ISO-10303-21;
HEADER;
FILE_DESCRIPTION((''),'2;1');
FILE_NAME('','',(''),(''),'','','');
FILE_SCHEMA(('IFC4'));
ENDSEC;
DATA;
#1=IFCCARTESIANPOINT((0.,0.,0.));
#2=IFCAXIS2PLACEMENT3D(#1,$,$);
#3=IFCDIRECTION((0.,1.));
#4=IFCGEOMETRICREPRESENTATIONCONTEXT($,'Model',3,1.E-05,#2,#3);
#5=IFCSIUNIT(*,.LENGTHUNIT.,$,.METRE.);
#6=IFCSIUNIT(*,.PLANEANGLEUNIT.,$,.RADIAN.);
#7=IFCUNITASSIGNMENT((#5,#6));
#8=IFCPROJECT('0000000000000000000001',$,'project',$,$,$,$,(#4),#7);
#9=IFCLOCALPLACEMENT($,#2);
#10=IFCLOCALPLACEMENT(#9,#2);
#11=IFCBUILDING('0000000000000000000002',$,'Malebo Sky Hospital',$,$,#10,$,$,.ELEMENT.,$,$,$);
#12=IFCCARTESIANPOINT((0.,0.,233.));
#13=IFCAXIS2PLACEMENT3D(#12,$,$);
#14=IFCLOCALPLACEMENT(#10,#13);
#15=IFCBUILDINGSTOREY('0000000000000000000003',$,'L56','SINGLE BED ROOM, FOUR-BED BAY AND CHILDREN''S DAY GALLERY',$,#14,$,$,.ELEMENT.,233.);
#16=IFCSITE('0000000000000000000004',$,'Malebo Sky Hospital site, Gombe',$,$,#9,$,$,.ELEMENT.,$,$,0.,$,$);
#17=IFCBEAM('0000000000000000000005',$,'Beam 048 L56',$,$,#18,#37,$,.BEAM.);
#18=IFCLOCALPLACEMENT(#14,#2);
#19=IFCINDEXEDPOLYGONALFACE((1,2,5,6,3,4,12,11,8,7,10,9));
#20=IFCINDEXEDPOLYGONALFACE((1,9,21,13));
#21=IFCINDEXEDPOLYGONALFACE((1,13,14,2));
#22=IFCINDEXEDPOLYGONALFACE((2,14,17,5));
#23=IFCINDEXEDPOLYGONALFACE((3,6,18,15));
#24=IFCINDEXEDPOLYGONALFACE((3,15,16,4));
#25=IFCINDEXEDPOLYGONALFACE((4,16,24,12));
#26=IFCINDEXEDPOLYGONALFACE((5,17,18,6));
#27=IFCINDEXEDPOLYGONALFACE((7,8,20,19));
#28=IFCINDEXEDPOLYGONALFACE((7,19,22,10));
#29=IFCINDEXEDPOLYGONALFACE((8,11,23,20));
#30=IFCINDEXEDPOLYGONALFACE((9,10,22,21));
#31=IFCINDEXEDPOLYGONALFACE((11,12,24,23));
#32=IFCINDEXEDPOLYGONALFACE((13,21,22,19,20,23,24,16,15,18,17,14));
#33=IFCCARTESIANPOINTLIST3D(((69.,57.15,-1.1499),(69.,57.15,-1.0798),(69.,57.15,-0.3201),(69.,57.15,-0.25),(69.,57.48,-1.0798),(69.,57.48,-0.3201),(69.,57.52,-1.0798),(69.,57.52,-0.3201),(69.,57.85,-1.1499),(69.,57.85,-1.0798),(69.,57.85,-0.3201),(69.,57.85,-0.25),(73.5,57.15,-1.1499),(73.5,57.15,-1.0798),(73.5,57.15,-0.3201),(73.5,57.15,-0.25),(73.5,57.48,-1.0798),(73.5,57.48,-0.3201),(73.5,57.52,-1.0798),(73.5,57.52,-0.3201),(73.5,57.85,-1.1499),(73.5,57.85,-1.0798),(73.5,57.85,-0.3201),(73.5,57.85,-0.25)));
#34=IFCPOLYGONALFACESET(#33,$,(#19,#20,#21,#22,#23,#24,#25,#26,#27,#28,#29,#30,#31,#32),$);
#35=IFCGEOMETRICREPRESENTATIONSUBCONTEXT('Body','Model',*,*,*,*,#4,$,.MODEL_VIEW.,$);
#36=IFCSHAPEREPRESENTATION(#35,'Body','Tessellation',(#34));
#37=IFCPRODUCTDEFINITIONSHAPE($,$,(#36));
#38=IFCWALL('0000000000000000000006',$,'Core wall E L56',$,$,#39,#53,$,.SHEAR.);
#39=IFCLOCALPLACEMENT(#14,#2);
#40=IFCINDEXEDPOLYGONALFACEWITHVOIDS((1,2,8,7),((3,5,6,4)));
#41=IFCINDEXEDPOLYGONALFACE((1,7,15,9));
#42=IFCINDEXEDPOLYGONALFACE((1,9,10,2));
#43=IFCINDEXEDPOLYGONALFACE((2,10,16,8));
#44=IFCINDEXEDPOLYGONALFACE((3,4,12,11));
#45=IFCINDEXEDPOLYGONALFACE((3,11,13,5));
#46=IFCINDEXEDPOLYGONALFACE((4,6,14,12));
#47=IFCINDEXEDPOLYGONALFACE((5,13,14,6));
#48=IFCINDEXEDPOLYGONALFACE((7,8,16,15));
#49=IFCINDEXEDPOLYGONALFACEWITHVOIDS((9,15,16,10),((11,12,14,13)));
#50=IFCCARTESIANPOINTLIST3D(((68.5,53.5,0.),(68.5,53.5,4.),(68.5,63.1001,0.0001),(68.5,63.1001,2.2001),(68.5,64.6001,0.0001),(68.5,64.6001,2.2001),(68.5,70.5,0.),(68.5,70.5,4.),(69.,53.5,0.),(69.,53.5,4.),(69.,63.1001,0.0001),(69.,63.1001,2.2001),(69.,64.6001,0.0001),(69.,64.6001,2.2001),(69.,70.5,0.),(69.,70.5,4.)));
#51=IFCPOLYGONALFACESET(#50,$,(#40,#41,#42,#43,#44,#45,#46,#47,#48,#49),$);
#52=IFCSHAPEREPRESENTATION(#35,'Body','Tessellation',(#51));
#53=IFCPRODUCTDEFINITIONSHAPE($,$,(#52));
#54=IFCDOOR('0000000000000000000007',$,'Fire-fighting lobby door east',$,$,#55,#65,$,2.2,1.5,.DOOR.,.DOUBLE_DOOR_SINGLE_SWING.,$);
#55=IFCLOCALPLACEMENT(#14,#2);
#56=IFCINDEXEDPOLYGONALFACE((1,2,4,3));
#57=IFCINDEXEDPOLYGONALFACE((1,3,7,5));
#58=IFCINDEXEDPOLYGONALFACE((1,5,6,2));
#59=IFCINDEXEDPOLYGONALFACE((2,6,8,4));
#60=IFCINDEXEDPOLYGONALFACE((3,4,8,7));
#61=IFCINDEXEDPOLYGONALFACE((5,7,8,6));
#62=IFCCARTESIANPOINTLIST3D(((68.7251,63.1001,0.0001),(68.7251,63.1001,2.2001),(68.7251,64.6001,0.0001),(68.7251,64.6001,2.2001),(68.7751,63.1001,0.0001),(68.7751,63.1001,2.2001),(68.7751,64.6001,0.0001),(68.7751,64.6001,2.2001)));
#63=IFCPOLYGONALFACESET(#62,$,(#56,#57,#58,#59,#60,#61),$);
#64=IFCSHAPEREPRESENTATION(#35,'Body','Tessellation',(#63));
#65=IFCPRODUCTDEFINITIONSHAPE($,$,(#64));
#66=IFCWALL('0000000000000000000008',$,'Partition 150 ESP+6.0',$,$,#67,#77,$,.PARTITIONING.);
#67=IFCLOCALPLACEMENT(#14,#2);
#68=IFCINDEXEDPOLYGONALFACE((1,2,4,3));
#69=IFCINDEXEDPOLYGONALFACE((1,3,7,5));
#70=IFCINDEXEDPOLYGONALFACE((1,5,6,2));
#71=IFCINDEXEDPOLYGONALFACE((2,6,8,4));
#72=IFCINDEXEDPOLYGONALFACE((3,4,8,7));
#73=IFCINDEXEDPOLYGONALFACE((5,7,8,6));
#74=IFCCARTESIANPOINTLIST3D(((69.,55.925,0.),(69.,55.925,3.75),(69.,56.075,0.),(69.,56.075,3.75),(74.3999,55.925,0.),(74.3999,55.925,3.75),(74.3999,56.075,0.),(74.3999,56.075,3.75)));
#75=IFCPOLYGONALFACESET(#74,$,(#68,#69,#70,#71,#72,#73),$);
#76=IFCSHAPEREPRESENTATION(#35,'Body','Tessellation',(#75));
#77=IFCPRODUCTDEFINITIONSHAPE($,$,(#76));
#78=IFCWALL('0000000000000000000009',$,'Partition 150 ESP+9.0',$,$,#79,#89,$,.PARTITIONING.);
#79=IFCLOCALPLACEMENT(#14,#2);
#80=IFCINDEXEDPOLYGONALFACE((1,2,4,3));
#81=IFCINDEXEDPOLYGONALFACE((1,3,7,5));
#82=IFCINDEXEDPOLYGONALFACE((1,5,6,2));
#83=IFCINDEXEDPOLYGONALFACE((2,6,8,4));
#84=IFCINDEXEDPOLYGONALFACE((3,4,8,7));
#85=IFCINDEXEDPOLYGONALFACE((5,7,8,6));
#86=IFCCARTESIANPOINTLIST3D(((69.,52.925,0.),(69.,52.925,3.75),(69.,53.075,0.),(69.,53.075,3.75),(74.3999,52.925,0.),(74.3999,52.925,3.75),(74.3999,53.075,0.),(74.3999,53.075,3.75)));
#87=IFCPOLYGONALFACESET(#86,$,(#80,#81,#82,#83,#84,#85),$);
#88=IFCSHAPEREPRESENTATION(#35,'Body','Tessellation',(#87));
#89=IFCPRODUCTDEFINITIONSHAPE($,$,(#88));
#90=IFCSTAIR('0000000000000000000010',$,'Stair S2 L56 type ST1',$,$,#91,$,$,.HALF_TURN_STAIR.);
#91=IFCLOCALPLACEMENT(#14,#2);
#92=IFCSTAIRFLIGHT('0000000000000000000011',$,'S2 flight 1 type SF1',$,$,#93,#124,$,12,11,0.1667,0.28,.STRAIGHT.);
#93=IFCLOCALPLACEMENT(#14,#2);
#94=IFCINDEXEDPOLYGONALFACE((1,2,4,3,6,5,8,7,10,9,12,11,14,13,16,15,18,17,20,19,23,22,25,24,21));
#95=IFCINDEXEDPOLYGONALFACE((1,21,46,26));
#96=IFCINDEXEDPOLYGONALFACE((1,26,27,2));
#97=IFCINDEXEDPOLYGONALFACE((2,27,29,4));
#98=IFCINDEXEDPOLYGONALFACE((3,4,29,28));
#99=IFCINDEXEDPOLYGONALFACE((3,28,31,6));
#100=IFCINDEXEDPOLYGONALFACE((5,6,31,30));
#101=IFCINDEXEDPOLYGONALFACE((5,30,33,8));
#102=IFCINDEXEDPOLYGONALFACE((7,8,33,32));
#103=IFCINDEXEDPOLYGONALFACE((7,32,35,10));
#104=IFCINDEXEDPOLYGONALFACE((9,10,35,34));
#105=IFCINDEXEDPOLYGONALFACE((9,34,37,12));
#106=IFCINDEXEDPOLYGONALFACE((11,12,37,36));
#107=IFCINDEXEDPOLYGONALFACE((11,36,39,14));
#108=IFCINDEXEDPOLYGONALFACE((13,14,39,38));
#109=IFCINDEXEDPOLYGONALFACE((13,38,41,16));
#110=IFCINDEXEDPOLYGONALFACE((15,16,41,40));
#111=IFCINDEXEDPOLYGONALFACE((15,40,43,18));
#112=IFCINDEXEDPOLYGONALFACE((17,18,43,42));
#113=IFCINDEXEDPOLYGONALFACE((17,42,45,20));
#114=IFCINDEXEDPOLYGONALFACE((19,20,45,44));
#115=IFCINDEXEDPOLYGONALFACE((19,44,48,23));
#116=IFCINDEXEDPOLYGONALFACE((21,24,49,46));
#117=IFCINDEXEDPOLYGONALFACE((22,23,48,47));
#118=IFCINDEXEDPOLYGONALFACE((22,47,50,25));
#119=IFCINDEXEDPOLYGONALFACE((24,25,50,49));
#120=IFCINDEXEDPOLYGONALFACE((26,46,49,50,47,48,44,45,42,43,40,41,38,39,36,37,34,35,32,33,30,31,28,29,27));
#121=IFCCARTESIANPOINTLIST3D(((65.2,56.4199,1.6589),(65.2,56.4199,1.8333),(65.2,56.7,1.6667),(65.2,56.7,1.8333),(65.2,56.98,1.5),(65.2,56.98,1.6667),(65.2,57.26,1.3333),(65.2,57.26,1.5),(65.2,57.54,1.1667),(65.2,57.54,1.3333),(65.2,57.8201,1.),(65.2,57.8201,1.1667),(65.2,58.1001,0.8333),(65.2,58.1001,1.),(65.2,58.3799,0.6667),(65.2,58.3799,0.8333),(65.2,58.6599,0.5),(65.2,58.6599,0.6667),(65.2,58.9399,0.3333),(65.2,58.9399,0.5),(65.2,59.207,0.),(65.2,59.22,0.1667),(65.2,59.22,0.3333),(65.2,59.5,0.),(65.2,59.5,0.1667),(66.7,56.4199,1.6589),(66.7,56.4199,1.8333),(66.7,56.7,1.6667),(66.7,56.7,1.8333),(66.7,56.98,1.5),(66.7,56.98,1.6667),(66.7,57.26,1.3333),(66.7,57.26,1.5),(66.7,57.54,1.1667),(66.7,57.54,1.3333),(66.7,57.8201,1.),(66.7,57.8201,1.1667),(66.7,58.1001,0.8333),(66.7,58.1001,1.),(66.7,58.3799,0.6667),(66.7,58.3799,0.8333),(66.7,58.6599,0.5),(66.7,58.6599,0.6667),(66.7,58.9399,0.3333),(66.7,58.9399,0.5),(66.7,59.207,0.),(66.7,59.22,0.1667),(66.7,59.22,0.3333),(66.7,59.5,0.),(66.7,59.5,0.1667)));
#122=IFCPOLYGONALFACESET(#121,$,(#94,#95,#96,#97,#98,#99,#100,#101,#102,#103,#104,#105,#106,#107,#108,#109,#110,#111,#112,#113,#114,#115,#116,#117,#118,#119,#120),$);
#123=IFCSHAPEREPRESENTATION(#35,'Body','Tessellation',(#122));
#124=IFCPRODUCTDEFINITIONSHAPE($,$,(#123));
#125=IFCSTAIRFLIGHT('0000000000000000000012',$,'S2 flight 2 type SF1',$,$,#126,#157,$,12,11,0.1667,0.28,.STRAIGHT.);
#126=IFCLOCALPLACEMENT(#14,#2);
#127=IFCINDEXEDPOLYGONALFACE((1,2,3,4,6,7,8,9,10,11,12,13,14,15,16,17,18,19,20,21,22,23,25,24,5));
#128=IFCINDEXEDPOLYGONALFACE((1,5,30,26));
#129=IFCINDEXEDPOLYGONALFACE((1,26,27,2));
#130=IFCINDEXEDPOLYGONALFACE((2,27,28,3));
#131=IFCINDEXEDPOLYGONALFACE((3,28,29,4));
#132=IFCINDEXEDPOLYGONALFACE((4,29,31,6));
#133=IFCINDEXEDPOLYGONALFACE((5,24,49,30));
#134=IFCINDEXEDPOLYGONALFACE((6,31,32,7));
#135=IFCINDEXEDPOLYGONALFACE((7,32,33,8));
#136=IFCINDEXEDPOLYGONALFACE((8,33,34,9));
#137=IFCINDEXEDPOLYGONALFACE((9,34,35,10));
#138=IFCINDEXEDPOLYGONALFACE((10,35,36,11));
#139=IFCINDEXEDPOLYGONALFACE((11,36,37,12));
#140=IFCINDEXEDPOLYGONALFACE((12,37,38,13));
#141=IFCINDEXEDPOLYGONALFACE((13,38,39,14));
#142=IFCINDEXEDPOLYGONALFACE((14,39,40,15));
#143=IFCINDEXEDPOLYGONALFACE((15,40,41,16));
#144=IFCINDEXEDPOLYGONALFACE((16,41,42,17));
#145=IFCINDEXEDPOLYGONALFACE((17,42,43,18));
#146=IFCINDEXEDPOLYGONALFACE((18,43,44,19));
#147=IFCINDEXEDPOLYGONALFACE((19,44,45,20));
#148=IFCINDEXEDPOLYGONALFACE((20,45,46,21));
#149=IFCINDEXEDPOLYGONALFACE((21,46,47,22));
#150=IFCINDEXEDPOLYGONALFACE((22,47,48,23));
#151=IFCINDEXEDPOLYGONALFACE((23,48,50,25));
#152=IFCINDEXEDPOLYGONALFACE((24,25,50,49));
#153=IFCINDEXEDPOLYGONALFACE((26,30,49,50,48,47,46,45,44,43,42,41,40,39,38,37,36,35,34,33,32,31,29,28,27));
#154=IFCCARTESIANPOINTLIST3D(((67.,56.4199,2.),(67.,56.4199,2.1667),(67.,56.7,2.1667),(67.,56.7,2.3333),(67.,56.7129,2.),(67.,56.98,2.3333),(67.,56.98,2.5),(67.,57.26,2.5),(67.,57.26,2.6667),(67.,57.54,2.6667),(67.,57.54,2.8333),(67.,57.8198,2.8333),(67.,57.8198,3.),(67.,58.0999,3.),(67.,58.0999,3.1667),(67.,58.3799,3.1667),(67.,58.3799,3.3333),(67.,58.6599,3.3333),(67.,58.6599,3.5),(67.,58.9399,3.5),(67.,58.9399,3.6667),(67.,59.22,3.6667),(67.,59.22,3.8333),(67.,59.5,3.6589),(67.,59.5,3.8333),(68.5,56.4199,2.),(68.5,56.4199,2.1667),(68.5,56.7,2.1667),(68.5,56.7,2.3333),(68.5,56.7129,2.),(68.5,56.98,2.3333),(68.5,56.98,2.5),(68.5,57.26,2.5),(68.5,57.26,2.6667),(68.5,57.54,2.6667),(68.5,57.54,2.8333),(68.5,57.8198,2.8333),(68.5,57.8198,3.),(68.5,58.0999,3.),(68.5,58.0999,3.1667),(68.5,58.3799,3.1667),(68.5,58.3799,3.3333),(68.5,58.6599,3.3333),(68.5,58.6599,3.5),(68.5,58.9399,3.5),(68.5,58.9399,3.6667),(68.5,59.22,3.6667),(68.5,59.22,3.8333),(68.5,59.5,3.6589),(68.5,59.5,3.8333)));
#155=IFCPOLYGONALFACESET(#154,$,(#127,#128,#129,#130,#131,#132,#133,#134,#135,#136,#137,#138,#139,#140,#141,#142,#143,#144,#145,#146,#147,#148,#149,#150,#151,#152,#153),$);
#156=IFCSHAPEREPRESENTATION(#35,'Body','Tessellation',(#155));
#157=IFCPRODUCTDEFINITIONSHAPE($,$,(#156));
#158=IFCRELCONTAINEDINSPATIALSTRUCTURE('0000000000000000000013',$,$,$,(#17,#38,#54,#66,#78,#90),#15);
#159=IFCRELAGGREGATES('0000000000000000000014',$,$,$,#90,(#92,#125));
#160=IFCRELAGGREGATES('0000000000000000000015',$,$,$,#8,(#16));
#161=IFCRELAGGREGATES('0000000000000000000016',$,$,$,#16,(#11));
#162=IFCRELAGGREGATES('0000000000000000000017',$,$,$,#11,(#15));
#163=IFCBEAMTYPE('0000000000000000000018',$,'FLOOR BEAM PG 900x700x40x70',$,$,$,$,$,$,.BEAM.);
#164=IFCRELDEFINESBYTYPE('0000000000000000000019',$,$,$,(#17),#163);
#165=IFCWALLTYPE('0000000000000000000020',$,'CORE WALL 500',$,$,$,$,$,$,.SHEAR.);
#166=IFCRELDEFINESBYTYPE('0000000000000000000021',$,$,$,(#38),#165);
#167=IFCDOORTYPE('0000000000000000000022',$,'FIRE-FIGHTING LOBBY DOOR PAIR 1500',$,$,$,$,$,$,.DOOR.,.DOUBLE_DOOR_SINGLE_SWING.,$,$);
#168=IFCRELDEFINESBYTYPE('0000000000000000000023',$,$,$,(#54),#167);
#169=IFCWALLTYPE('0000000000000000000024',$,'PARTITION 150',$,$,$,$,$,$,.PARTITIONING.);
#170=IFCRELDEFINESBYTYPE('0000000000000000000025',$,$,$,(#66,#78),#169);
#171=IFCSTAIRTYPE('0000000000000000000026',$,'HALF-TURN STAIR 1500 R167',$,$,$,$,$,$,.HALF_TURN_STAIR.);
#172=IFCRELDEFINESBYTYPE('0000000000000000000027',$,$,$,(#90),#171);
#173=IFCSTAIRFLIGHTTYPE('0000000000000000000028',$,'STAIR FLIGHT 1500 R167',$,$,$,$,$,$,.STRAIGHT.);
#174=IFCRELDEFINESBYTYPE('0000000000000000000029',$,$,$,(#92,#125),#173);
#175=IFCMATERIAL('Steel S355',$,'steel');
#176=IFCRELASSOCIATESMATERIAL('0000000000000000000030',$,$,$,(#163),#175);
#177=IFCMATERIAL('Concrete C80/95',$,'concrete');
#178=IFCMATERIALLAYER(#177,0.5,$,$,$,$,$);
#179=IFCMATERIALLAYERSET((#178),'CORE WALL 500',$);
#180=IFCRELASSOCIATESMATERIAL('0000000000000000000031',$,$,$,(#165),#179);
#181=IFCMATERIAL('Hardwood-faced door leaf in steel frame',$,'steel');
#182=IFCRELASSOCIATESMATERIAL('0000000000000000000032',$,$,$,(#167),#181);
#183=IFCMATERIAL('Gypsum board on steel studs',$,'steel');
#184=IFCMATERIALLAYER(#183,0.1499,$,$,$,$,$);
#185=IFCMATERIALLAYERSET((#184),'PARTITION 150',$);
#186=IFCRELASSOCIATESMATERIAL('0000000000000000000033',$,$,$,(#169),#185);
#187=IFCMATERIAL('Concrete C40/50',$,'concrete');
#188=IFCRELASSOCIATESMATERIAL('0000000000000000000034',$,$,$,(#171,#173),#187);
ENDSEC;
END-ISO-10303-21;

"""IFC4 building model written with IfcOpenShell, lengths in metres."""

from ifc_helpers import new_model, si_unit, direction, frame, frame_2d, origin, origin_2d, place, context, subcontext, project, spatial, polyline, rectangle, i_section, outline, extrude, material, layer, layer_set, material_profile, profile_set, type_object, element, fill, aggregate, save


model = new_model("IFC4")

# Units and contexts
model_context = context("Model", 3, precision=1e-05, world=origin(), true_north=direction((0.0, 1.0)))
body_context = subcontext(model_context, "Body", "Model", "MODEL_VIEW")
ifc_project = project(units=[si_unit("LENGTHUNIT", "METRE"), si_unit("PLANEANGLEUNIT", "RADIAN")], contexts=[model_context])

# Site, building, storey
site_placement = place(None, origin())
site = spatial("IfcSite", under=ifc_project, at=site_placement, Name="Malebo Sky Hospital site, Gombe", CompositionType="ELEMENT", RefElevation=0.0)
building_placement = place(site_placement, origin())
building = spatial("IfcBuilding", under=site, at=building_placement, Name="Malebo Sky Hospital", CompositionType="ELEMENT")
storey_placement = place(building_placement, frame((0.0, 0.0, 233.0)))
storey = spatial("IfcBuildingStorey", under=building, at=storey_placement, Name="L56", Description="SINGLE BED ROOM, FOUR-BED BAY AND CHILDREN'S DAY GALLERY", CompositionType="ELEMENT", Elevation=233.0)

# Beam
ifc_material_1 = material(Name="Steel S355", Category="steel")
ifc_material_profile = material_profile(ifc_material_1, i_section(OverallWidth=0.7, OverallDepth=0.8999, WebThickness=0.04, FlangeThickness=0.0701, at=origin_2d()), Name="PG 900x700x40x70")
ifc_profile_set = profile_set([ifc_material_profile], Name="Steel S355")
beam_type = type_object("IfcBeamType", Name="FLOOR BEAM PG 900x700x40x70", PredefinedType="BEAM", material=ifc_profile_set)
beam_placement = place(storey_placement, frame((69.0, 57.5, -0.7), z_axis=(1.0, 0.0, 0.0), x_axis=(0.0, 1.0, 0.0)))
element("IfcBeam", 1, at=beam_placement, inside=storey, type_object=beam_type, Name="Beam 048 L56", PredefinedType="BEAM", context=body_context, shape_type="SweptSolid", body=[
    extrude(i_section(OverallWidth=0.7, OverallDepth=0.8999, WebThickness=0.04, FlangeThickness=0.0701, at=origin_2d()), origin(), (0.0, 0.0, 1.0), 4.5),
])

# Wall, opening, door
ifc_material_2 = material(Name="Concrete C80/95", Category="concrete")
ifc_layer_1 = layer(ifc_material_2, 0.5)
ifc_layer_set_1 = layer_set([ifc_layer_1], Name="CORE WALL 500")
wall_type_1 = type_object("IfcWallType", Name="CORE WALL 500", PredefinedType="SHEAR", material=ifc_layer_set_1)
wall_placement = place(storey_placement, frame((68.75, 53.5, 0.0), z_axis=(0.0, 0.0, 1.0), x_axis=(0.0, 1.0, 0.0)))
wall = element("IfcWall", 2, at=wall_placement, inside=storey, type_object=wall_type_1, Name="Core wall E L56", PredefinedType="SHEAR", context=body_context, shape_type="SweptSolid", body=[
    extrude(rectangle(XDim=17.0, YDim=0.5, at=frame_2d((8.5, 0.0))), origin(), (0.0, 0.0, 1.0), 4.0),
])
opening_placement = place(wall_placement, frame((9.6001, 0.0, 0.0)))
opening = element("IfcOpeningElement", 3, at=opening_placement, cuts=wall, PredefinedType="OPENING", context=body_context, shape_type="SweptSolid", body=[
    extrude(rectangle(XDim=1.5, YDim=2.2, at=frame_2d((0.75, 1.1001))), frame((0.0, 0.26, 0.0), z_axis=(0.0, -1.0, 0.0), x_axis=(1.0, 0.0, 0.0)), (0.0, 0.0, 1.0), 0.52),
])
ifc_material_3 = material(Name="Hardwood-faced door leaf in steel frame", Category="steel")
door_type = type_object("IfcDoorType", Name="FIRE-FIGHTING LOBBY DOOR PAIR 1500", OperationType="DOUBLE_DOOR_SINGLE_SWING", PredefinedType="DOOR", material=ifc_material_3)
door_placement = place(opening_placement, origin())
door = element("IfcDoor", 4, at=door_placement, inside=storey, type_object=door_type, Name="Fire-fighting lobby door east", OperationType="DOUBLE_DOOR_SINGLE_SWING", OverallHeight=2.2, OverallWidth=1.5, PredefinedType="DOOR", context=body_context, shape_type="SweptSolid", body=[
    extrude(rectangle(XDim=1.5, YDim=2.2, at=frame_2d((0.75, 1.1001))), frame((0.0, 0.0249, 0.0), z_axis=(0.0, -1.0, 0.0), x_axis=(1.0, 0.0, 0.0)), (0.0, 0.0, 1.0), 0.05),
])
fill(opening, door)

# Walls
ifc_material_4 = material(Name="Gypsum board on steel studs", Category="steel")
ifc_layer_2 = layer(ifc_material_4, 0.1499)
ifc_layer_set_2 = layer_set([ifc_layer_2], Name="PARTITION 150")
wall_type_2 = type_object("IfcWallType", Name="PARTITION 150", PredefinedType="PARTITIONING", material=ifc_layer_set_2)
for number, where, z_axis, x_axis, name in (
    (5, (69.0, 56.0, 0.0), (0.0, 0.0, 1.0), (1.0, 0.0, 0.0), "Partition 150 ESP+6.0"),
    (6, (69.0, 53.0, 0.0), (0.0, 0.0, 1.0), (1.0, 0.0, 0.0), "Partition 150 ESP+9.0"),
):
    element("IfcWall", number, at=place(storey_placement, frame(where, z_axis=z_axis, x_axis=x_axis)), inside=storey, type_object=wall_type_2, Name=name, PredefinedType="PARTITIONING", context=body_context, shape_type="SweptSolid", body=[
        extrude(rectangle(XDim=5.3999, YDim=0.1499, at=frame_2d((2.7, 0.0))), origin(), (0.0, 0.0, 1.0), 3.75),
    ])

# Stair, stair flights
ifc_material_5 = material(Name="Concrete C40/50", Category="concrete")
stair_type = type_object("IfcStairType", Name="HALF-TURN STAIR 1500 R167", PredefinedType="HALF_TURN_STAIR", material=ifc_material_5)
stair_placement = place(storey_placement, origin())
stair = element("IfcStair", 7, at=stair_placement, inside=storey, type_object=stair_type, Name="Stair S2 L56 type ST1", PredefinedType="HALF_TURN_STAIR")
stair_flight_type = type_object("IfcStairFlightType", Name="STAIR FLIGHT 1500 R167", PredefinedType="STRAIGHT", material=ifc_material_5)
stair_flight_1_placement = place(storey_placement, frame((65.95, 59.5, 0.0), z_axis=(0.0, 0.0, 1.0), x_axis=(0.0, -1.0, 0.0)))
stair_flight_1 = element("IfcStairFlight", 8, at=stair_flight_1_placement, type_object=stair_flight_type, Name="S2 flight 1 type SF1", NumberOfRisers=12, NumberOfTreads=11, PredefinedType="STRAIGHT", RiserHeight=0.1667, TreadLength=0.28, context=body_context, shape_type="SweptSolid", body=[
    extrude(outline(polyline([(0.0, 0.0), (0.0, 0.1667), (0.28, 0.1667), (0.28, 0.3333), (0.5601, 0.3333), (0.5601, 0.5), (0.8401, 0.5), (0.8401, 0.6667), (1.1201, 0.6667), (1.1201, 0.8333), (1.3999, 0.8333), (1.3999, 1.0), (1.6799, 1.0), (1.6799, 1.1667), (1.96, 1.1667), (1.96, 1.3333), (2.24, 1.3333), (2.24, 1.5), (2.52, 1.5), (2.52, 1.6667), (2.8, 1.6667), (2.8, 1.8333), (3.0801, 1.8333), (3.0801, 2.0), (3.0801, 1.6589), (0.293, 0.0), (0.0, 0.0)])), frame((0.0, 0.75, 0.0), z_axis=(0.0, -1.0, 0.0), x_axis=(1.0, 0.0, 0.0)), (0.0, 0.0, 1.0), 1.5),
])
stair_flight_2_placement = place(storey_placement, frame((67.75, 56.4199, 2.0), z_axis=(0.0, 0.0, 1.0), x_axis=(0.0, 1.0, 0.0)))
stair_flight_2 = element("IfcStairFlight", 9, at=stair_flight_2_placement, type_object=stair_flight_type, Name="S2 flight 2 type SF1", NumberOfRisers=12, NumberOfTreads=11, PredefinedType="STRAIGHT", RiserHeight=0.1667, TreadLength=0.28, context=body_context, shape_type="SweptSolid", body=[
    extrude(outline(polyline([(0.0, 0.0), (0.0, 0.1667), (0.28, 0.1667), (0.28, 0.3333), (0.5601, 0.3333), (0.5601, 0.5), (0.8401, 0.5), (0.8401, 0.6667), (1.1201, 0.6667), (1.1201, 0.8333), (1.3999, 0.8333), (1.3999, 1.0), (1.6799, 1.0), (1.6799, 1.1667), (1.96, 1.1667), (1.96, 1.3333), (2.24, 1.3333), (2.24, 1.5), (2.52, 1.5), (2.52, 1.6667), (2.8, 1.6667), (2.8, 1.8333), (3.0801, 1.8333), (3.0801, 2.0), (3.0801, 1.6589), (0.293, 0.0), (0.0, 0.0)])), frame((0.0, 0.75, 0.0), z_axis=(0.0, -1.0, 0.0), x_axis=(1.0, 0.0, 0.0)), (0.0, 0.0, 1.0), 1.5),
])
aggregate(stair, [stair_flight_1, stair_flight_2])

save(model, "model.ifc")
